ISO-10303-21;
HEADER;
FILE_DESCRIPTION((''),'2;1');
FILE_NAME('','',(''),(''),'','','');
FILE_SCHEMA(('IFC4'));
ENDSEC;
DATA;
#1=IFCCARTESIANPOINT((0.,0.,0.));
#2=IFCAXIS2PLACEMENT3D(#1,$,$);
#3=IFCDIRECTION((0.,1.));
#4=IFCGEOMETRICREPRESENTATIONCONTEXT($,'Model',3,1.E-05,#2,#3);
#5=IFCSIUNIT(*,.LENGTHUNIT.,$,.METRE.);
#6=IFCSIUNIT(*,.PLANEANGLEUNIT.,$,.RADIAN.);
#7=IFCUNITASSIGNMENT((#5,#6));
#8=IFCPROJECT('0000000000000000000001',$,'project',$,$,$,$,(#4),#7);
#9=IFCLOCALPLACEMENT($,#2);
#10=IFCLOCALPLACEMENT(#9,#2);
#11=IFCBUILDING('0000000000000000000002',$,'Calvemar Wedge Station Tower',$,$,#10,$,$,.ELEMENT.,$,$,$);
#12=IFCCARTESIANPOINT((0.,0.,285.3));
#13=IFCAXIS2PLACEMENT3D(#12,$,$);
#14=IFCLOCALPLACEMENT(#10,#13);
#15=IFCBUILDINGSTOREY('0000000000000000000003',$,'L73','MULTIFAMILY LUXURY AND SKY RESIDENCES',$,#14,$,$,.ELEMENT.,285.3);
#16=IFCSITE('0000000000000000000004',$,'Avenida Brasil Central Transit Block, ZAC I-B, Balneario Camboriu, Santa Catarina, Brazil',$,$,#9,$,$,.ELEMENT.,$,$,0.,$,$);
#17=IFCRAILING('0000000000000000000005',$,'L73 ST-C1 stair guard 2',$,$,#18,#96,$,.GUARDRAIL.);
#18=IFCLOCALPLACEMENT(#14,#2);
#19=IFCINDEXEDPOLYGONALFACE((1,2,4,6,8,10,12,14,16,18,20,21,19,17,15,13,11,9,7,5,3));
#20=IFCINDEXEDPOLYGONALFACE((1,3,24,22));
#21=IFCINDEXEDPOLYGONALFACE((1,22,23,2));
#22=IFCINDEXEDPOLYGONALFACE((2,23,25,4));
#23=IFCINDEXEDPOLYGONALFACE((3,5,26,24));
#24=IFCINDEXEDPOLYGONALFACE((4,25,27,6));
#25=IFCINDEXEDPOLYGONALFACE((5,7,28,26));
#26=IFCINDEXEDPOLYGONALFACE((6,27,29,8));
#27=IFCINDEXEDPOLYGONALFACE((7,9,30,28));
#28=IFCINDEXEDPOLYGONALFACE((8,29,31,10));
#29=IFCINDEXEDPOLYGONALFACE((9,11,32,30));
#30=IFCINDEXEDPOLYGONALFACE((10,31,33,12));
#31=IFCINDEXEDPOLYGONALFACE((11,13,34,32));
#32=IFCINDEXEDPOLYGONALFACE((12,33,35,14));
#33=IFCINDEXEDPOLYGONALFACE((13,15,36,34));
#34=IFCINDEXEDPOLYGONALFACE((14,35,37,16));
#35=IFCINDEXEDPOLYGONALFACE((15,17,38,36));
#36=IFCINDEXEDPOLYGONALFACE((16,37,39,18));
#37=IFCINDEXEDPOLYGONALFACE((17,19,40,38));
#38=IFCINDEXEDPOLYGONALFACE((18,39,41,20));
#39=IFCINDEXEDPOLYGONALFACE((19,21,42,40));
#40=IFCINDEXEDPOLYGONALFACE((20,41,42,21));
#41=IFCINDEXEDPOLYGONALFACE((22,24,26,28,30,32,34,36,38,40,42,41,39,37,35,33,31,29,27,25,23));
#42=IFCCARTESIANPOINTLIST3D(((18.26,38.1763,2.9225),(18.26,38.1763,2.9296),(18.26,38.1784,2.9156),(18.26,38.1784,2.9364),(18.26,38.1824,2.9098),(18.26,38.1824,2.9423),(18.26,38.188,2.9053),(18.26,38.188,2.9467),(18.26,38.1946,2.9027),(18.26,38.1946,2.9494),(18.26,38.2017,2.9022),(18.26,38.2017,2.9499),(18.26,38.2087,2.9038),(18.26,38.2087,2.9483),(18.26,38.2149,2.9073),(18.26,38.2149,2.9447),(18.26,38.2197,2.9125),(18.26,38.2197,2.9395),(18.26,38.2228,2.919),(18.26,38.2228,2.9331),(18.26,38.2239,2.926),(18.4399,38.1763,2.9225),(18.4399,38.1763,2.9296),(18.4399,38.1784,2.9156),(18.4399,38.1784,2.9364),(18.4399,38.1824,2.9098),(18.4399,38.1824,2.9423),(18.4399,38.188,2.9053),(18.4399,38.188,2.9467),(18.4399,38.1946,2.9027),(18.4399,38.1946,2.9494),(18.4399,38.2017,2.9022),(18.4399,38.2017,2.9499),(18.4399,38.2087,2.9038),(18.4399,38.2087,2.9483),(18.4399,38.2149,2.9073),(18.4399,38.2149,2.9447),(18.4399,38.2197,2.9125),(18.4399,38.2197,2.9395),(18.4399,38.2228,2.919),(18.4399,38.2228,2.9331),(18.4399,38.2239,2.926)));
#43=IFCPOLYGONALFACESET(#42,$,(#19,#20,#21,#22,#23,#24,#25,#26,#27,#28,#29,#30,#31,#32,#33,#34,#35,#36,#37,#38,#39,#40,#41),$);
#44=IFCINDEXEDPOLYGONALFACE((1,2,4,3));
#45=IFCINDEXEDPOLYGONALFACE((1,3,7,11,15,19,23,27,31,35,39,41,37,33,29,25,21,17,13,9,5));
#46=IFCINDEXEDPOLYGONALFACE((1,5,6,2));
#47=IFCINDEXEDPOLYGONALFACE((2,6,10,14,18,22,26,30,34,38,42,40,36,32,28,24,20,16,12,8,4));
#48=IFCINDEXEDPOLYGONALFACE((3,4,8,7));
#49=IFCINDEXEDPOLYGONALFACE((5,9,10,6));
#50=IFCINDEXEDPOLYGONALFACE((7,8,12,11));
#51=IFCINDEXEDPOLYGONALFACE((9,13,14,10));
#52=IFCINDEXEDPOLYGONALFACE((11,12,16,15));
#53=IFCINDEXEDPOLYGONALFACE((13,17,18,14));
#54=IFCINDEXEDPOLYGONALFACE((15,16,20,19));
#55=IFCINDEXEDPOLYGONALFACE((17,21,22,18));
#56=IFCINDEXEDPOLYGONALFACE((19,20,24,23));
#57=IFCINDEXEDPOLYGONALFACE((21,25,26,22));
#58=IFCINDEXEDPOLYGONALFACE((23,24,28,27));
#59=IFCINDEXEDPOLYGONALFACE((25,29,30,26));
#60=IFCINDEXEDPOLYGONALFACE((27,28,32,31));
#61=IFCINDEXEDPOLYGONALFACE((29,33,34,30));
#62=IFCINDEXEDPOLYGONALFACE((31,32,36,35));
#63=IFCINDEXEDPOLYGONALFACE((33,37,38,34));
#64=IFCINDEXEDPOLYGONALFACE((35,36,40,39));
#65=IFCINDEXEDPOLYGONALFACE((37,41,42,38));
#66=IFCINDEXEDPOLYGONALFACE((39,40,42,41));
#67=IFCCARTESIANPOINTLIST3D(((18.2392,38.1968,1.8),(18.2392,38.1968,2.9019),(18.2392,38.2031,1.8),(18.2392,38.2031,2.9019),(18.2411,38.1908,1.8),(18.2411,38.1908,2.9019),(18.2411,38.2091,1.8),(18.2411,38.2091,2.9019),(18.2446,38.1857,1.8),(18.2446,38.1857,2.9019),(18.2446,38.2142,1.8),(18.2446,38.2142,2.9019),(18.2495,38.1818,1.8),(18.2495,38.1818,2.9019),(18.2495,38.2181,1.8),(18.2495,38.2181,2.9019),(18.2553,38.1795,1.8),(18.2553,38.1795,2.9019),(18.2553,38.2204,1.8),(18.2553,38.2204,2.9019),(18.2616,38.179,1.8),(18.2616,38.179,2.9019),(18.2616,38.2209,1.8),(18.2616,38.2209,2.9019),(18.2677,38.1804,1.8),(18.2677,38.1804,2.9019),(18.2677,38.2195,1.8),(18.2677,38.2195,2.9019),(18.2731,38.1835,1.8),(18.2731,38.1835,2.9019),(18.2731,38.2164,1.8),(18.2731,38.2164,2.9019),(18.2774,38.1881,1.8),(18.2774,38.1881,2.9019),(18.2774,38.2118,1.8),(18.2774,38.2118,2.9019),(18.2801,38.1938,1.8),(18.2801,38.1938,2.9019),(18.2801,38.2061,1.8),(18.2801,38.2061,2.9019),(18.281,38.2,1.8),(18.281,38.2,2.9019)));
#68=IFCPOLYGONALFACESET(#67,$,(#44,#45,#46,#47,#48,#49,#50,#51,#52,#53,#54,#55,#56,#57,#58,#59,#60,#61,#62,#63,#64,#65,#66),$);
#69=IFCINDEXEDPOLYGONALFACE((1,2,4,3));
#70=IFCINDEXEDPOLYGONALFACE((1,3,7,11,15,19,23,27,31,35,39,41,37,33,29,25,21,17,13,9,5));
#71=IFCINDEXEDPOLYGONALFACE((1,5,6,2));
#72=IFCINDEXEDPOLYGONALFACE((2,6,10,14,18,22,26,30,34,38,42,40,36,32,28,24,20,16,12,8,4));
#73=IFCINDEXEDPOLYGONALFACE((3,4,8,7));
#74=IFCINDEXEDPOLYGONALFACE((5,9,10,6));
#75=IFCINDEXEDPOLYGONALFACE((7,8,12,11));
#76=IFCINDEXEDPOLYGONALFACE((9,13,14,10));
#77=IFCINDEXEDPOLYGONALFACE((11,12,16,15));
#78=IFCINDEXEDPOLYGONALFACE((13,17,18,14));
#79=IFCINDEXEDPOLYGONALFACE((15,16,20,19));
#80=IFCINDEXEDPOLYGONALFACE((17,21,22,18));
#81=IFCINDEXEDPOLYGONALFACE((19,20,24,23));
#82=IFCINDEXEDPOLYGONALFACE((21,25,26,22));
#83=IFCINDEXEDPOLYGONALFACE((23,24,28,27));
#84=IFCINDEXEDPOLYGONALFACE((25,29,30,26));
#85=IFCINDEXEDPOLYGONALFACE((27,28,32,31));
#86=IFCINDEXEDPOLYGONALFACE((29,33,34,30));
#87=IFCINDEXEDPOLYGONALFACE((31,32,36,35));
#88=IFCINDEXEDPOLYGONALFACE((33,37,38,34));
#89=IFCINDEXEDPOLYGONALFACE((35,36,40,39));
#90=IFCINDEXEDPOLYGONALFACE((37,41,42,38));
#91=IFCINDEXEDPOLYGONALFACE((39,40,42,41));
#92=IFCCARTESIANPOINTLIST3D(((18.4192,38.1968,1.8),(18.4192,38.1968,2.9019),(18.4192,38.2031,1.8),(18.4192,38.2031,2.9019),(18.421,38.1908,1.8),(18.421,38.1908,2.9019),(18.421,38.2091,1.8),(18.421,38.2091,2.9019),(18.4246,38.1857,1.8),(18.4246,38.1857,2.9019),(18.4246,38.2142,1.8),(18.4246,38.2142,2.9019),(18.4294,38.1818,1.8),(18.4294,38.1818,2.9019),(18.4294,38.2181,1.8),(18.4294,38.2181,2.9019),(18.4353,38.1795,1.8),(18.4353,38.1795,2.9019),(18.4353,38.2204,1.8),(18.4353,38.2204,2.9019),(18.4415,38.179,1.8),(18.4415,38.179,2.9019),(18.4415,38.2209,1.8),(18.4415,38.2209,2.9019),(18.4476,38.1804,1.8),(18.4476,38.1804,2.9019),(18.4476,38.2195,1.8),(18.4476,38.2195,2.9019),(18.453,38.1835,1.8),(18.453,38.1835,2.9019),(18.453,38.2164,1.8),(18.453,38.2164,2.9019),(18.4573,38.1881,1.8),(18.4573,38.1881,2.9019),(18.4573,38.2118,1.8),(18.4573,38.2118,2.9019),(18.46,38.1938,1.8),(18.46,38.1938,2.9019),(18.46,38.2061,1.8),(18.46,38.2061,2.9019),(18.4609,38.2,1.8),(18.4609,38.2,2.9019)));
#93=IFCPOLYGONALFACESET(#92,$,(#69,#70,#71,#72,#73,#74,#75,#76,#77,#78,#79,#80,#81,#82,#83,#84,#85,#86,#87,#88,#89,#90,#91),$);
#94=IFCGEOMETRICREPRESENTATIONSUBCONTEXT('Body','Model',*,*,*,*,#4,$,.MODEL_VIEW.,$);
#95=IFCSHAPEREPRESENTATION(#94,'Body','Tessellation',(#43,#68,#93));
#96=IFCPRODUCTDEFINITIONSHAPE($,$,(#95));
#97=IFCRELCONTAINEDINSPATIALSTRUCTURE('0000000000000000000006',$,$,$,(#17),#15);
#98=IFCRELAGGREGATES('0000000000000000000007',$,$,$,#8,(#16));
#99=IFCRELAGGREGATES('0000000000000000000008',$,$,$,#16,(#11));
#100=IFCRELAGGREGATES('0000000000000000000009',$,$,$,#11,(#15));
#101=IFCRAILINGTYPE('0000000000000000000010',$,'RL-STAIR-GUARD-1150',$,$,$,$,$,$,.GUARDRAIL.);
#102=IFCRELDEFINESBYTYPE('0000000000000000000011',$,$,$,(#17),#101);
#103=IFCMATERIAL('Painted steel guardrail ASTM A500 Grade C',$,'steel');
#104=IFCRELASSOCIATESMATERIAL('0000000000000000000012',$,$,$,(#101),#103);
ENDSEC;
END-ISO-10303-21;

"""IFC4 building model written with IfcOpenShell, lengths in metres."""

from ifc_helpers import new_model, si_unit, direction, frame, origin, origin_2d, place, context, subcontext, project, spatial, circle, extrude, material, type_object, element, save


model = new_model("IFC4")

# Units and contexts
model_context = context("Model", 3, precision=1e-05, world=origin(), true_north=direction((0.0, 1.0)))
body_context = subcontext(model_context, "Body", "Model", "MODEL_VIEW")
ifc_project = project(units=[si_unit("LENGTHUNIT", "METRE"), si_unit("PLANEANGLEUNIT", "RADIAN")], contexts=[model_context])

# Site, building, storey
site_placement = place(None, origin())
site = spatial("IfcSite", under=ifc_project, at=site_placement, Name="Avenida Brasil Central Transit Block, ZAC I-B, Balneario Camboriu, Santa Catarina, Brazil", CompositionType="ELEMENT", RefElevation=0.0)
building_placement = place(site_placement, origin())
building = spatial("IfcBuilding", under=site, at=building_placement, Name="Calvemar Wedge Station Tower", CompositionType="ELEMENT")
storey_placement = place(building_placement, frame((0.0, 0.0, 285.3)))
storey = spatial("IfcBuildingStorey", under=building, at=storey_placement, Name="L73", Description="MULTIFAMILY LUXURY AND SKY RESIDENCES", CompositionType="ELEMENT", Elevation=285.3)

# Railing
ifc_material_1 = material(Name="Painted steel guardrail ASTM A500 Grade C", Category="steel")
railing_type = type_object("IfcRailingType", Name="RL-STAIR-GUARD-1150", PredefinedType="GUARDRAIL", material=ifc_material_1)
railing_1_placement = place(storey_placement, frame((18.26, 38.2, 1.8)))
element("IfcRailing", 1, at=railing_1_placement, inside=storey, type_object=railing_type, Name="L73 ST-C1 stair guard 2", PredefinedType="GUARDRAIL", context=body_context, shape_type="SweptSolid", body=[
    extrude(circle(Radius=0.0239, at=origin_2d()), frame((0.0, 0.0, 1.126), z_axis=(1.0, 0.0, 0.0), x_axis=(0.0, 1.0, 0.0)), (0.0, 0.0, 1.0), 0.1799),
    extrude(circle(Radius=0.021, at=origin_2d()), origin(), (0.0, 0.0, 1.0), 1.1018),
    extrude(circle(Radius=0.021, at=origin_2d()), frame((0.1799, 0.0, 0.0)), (0.0, 0.0, 1.0), 1.1018),
])

save(model, "model.ifc")
